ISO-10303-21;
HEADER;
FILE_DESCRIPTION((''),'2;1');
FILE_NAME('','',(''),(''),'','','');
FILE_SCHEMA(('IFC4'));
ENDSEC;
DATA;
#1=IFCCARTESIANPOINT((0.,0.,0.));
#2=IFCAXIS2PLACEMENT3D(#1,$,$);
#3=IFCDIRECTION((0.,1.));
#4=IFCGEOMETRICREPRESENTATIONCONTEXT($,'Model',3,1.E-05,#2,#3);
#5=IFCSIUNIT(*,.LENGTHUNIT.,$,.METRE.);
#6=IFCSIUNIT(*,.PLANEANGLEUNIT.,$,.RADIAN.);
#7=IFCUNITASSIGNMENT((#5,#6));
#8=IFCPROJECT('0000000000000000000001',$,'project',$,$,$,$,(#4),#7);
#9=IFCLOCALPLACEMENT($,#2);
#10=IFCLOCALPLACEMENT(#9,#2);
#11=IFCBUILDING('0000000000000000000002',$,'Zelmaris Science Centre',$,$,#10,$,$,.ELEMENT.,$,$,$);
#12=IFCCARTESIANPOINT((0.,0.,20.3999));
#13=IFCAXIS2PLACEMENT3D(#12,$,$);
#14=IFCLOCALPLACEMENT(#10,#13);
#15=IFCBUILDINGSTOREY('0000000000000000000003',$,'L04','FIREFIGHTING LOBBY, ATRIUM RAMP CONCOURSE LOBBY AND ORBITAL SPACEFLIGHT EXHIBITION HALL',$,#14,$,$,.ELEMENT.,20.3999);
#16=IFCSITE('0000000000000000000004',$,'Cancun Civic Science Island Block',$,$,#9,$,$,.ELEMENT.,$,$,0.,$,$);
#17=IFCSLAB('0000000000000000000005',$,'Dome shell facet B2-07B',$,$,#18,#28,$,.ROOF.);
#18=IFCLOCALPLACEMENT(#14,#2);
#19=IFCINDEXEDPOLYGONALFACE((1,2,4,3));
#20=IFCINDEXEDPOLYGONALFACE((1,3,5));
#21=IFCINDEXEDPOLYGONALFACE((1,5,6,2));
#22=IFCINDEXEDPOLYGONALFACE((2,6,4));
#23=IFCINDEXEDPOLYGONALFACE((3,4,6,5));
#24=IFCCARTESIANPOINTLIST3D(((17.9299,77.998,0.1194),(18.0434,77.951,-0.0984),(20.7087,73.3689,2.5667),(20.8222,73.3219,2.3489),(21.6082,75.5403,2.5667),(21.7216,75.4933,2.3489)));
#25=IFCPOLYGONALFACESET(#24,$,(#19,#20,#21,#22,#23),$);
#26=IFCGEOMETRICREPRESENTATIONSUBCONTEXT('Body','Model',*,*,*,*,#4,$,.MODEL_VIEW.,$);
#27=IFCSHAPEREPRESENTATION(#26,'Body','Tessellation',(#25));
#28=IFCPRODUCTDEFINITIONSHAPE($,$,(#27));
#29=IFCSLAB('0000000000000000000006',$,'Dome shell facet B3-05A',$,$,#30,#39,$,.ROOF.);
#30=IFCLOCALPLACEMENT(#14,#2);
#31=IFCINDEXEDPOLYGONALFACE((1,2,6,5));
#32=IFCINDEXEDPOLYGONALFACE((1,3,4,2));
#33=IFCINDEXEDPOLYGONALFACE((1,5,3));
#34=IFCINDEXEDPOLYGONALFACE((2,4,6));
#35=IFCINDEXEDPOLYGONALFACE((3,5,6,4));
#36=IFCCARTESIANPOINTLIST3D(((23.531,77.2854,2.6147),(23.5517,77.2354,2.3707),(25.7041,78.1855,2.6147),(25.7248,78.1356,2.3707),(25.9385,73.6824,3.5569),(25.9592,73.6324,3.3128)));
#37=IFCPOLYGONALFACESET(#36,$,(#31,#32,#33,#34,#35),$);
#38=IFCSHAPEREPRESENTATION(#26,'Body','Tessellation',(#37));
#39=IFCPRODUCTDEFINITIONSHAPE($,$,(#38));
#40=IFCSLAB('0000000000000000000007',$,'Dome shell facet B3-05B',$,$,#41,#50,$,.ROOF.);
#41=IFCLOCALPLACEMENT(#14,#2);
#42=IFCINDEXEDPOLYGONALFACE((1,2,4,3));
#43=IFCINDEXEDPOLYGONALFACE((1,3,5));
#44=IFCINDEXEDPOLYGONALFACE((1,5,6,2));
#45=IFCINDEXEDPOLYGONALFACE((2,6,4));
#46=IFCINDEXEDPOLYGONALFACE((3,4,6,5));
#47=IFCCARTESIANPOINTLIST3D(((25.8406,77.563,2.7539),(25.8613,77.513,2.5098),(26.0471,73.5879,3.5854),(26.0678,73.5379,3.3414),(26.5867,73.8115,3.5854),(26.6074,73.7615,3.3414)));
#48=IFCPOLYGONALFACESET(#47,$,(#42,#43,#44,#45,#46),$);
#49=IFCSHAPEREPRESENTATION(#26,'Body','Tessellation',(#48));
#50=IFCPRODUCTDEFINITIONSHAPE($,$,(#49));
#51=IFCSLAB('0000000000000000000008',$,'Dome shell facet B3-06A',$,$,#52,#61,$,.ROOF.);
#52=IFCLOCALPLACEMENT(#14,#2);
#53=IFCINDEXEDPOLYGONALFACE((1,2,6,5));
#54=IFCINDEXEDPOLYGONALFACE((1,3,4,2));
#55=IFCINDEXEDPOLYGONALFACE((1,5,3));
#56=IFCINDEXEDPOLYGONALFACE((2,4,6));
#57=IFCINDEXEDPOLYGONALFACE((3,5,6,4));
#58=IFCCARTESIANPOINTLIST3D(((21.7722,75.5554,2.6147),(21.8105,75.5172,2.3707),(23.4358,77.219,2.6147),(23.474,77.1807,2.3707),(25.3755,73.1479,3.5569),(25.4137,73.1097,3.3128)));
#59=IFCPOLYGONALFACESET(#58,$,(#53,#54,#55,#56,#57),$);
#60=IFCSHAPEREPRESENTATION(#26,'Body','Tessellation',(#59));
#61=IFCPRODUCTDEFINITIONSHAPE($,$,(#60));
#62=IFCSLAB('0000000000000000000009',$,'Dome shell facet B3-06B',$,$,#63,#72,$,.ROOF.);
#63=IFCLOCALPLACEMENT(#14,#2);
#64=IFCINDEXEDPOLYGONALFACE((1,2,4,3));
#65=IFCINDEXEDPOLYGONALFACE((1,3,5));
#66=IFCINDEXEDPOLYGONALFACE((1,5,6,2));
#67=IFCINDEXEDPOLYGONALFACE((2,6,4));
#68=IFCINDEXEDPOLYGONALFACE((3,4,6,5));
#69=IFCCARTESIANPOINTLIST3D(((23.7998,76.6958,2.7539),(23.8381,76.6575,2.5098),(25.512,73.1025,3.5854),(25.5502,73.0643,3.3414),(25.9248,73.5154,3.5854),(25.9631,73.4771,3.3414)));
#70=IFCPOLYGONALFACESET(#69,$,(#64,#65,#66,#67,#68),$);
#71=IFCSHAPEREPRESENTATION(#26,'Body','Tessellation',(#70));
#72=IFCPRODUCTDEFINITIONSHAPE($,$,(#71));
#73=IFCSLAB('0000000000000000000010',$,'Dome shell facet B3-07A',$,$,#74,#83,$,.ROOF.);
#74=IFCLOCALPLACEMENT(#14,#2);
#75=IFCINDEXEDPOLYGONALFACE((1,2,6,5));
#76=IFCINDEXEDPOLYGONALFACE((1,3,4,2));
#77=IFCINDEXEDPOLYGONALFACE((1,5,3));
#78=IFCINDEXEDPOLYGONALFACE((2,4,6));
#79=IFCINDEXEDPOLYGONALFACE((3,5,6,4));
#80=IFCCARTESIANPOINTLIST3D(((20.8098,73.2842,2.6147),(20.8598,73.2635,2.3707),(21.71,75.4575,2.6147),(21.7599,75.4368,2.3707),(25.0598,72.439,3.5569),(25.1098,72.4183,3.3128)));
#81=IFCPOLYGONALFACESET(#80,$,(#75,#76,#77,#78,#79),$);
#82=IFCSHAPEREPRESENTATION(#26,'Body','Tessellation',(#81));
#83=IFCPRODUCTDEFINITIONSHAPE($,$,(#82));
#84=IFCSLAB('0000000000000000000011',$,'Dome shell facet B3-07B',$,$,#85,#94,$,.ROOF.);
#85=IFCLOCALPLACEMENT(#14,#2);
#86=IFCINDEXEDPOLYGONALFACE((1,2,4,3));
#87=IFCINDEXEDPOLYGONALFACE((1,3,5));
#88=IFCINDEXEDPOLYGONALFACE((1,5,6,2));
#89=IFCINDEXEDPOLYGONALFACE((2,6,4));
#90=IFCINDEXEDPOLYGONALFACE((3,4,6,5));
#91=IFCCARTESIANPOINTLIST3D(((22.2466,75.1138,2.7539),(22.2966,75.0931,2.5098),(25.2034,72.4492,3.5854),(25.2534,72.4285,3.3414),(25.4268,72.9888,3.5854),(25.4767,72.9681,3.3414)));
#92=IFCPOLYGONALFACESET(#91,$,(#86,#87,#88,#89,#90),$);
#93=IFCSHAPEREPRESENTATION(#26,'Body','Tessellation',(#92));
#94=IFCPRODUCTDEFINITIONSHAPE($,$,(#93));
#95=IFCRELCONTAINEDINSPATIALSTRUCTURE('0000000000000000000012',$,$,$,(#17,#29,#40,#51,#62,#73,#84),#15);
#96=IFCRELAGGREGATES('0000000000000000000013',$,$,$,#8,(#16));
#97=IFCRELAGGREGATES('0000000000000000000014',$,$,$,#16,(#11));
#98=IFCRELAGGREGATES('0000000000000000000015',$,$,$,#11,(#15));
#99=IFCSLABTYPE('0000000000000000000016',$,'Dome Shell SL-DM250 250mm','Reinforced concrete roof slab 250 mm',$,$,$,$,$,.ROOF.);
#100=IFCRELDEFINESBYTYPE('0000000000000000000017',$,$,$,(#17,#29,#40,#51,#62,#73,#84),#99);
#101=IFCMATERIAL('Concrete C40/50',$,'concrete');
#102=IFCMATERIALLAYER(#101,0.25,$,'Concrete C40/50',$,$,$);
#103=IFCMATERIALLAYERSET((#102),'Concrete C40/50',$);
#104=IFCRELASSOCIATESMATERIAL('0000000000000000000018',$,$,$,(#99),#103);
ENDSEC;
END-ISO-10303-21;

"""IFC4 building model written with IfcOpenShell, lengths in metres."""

from ifc_helpers import new_model, si_unit, direction, frame, origin, place, context, subcontext, project, spatial, polyline, outline, extrude, material, layer, layer_set, type_object, element, save


model = new_model("IFC4")

# Units and contexts
model_context = context("Model", 3, precision=1e-05, world=origin(), true_north=direction((0.0, 1.0)))
body_context = subcontext(model_context, "Body", "Model", "MODEL_VIEW")
ifc_project = project(units=[si_unit("LENGTHUNIT", "METRE"), si_unit("PLANEANGLEUNIT", "RADIAN")], contexts=[model_context])

# Site, building, storey
site_placement = place(None, origin())
site = spatial("IfcSite", under=ifc_project, at=site_placement, Name="Cancun Civic Science Island Block", CompositionType="ELEMENT", RefElevation=0.0)
building_placement = place(site_placement, origin())
building = spatial("IfcBuilding", under=site, at=building_placement, Name="Zelmaris Science Centre", CompositionType="ELEMENT")
storey_placement = place(building_placement, frame((0.0, 0.0, 20.3999)))
storey = spatial("IfcBuildingStorey", under=building, at=storey_placement, Name="L04", Description="FIREFIGHTING LOBBY, ATRIUM RAMP CONCOURSE LOBBY AND ORBITAL SPACEFLIGHT EXHIBITION HALL", CompositionType="ELEMENT", Elevation=20.3999)

# Shared definitions
ifc_material = material(Name="Concrete C40/50", Category="concrete")

# Slabs
ifc_layer = layer(ifc_material, 0.25, Name="Concrete C40/50")
ifc_layer_set = layer_set([ifc_layer], Name="Concrete C40/50")
slab_type = type_object("IfcSlabType", Name="Dome Shell SL-DM250 250mm", Description="Reinforced concrete roof slab 250 mm", PredefinedType="ROOF", material=ifc_layer_set)
slab_1_placement = place(storey_placement, frame((17.9299, 77.998, 0.1194), z_axis=(-0.453887, 0.188005, 0.871), x_axis=(0.468768, -0.78091, 0.412839)))
element("IfcSlab", 1, at=slab_1_placement, inside=storey, type_object=slab_type, Name="Dome shell facet B2-07B", PredefinedType="ROOF", context=body_context, shape_type="SweptSolid", body=[
    extrude(outline(polyline([(0.0, 0.0), (5.9279, 0.0), (4.6539, 1.975), (0.0, 0.0)])), origin(), (0.0, 0.0, -1.0), 0.25),
])
slab_2_placement = place(storey_placement, frame((25.7041, 78.1855, 2.6147), z_axis=(-0.082823, 0.199947, 0.9763), x_axis=(-0.923876, -0.382691, 0.0)))
element("IfcSlab", 2, at=slab_2_placement, inside=storey, type_object=slab_type, Name="Dome shell facet B3-05A", PredefinedType="ROOF", context=body_context, shape_type="SweptSolid", body=[
    extrude(outline(polyline([(0.0, 0.0), (2.3521, 0.0), (1.5068, 4.3532), (0.0, 0.0)])), origin(), (0.0, 0.0, -1.0), 0.25),
])
slab_3_placement = place(storey_placement, frame((25.8406, 77.563, 2.7539), z_axis=(-0.082865, 0.199925, 0.976301), x_axis=(0.050793, -0.97755, 0.204492)))
element("IfcSlab", 3, at=slab_3_placement, inside=storey, type_object=slab_type, Name="Dome shell facet B3-05B", PredefinedType="ROOF", context=body_context, shape_type="SweptSolid", body=[
    extrude(outline(polyline([(0.0, 0.0), (4.0664, 0.0), (3.8752, 0.5519), (0.0, 0.0)])), origin(), (0.0, 0.0, -1.0), 0.25),
])
slab_4_placement = place(storey_placement, frame((23.4358, 77.219, 2.6147), z_axis=(-0.153028, 0.153028, 0.976302), x_axis=(-0.707107, -0.707107, 0.0)))
element("IfcSlab", 4, at=slab_4_placement, inside=storey, type_object=slab_type, Name="Dome shell facet B3-06A", PredefinedType="ROOF", context=body_context, shape_type="SweptSolid", body=[
    extrude(outline(polyline([(0.0, 0.0), (2.3526, 0.0), (1.5071, 4.3534), (0.0, 0.0)])), origin(), (0.0, 0.0, -1.0), 0.25),
])
slab_5_placement = place(storey_placement, frame((23.7998, 76.6958, 2.7539), z_axis=(-0.153021, 0.153021, 0.976304), x_axis=(0.421065, -0.883677, 0.204498)))
element("IfcSlab", 5, at=slab_5_placement, inside=storey, type_object=slab_type, Name="Dome shell facet B3-06B", PredefinedType="ROOF", context=body_context, shape_type="SweptSolid", body=[
    extrude(outline(polyline([(0.0, 0.0), (4.0663, 0.0), (3.8753, 0.5517), (0.0, 0.0)])), origin(), (0.0, 0.0, -1.0), 0.25),
])
slab_6_placement = place(storey_placement, frame((21.71, 75.4575, 2.6147), z_axis=(-0.199955, 0.082817, 0.976299), x_axis=(-0.382654, -0.923892, 0.0)))
element("IfcSlab", 6, at=slab_6_placement, inside=storey, type_object=slab_type, Name="Dome shell facet B3-07A", PredefinedType="ROOF", context=body_context, shape_type="SweptSolid", body=[
    extrude(outline(polyline([(0.0, 0.0), (2.3524, 0.0), (1.507, 4.3531), (0.0, 0.0)])), origin(), (0.0, 0.0, -1.0), 0.25),
])
slab_7_placement = place(storey_placement, frame((22.2466, 75.1138, 2.7539), z_axis=(-0.19996, 0.082789, 0.9763), x_axis=(0.727164, -0.655295, 0.204502)))
element("IfcSlab", 7, at=slab_7_placement, inside=storey, type_object=slab_type, Name="Dome shell facet B3-07B", PredefinedType="ROOF", context=body_context, shape_type="SweptSolid", body=[
    extrude(outline(polyline([(0.0, 0.0), (4.0662, 0.0), (3.8751, 0.5518), (0.0, 0.0)])), origin(), (0.0, 0.0, -1.0), 0.25),
])

save(model, "model.ifc")
